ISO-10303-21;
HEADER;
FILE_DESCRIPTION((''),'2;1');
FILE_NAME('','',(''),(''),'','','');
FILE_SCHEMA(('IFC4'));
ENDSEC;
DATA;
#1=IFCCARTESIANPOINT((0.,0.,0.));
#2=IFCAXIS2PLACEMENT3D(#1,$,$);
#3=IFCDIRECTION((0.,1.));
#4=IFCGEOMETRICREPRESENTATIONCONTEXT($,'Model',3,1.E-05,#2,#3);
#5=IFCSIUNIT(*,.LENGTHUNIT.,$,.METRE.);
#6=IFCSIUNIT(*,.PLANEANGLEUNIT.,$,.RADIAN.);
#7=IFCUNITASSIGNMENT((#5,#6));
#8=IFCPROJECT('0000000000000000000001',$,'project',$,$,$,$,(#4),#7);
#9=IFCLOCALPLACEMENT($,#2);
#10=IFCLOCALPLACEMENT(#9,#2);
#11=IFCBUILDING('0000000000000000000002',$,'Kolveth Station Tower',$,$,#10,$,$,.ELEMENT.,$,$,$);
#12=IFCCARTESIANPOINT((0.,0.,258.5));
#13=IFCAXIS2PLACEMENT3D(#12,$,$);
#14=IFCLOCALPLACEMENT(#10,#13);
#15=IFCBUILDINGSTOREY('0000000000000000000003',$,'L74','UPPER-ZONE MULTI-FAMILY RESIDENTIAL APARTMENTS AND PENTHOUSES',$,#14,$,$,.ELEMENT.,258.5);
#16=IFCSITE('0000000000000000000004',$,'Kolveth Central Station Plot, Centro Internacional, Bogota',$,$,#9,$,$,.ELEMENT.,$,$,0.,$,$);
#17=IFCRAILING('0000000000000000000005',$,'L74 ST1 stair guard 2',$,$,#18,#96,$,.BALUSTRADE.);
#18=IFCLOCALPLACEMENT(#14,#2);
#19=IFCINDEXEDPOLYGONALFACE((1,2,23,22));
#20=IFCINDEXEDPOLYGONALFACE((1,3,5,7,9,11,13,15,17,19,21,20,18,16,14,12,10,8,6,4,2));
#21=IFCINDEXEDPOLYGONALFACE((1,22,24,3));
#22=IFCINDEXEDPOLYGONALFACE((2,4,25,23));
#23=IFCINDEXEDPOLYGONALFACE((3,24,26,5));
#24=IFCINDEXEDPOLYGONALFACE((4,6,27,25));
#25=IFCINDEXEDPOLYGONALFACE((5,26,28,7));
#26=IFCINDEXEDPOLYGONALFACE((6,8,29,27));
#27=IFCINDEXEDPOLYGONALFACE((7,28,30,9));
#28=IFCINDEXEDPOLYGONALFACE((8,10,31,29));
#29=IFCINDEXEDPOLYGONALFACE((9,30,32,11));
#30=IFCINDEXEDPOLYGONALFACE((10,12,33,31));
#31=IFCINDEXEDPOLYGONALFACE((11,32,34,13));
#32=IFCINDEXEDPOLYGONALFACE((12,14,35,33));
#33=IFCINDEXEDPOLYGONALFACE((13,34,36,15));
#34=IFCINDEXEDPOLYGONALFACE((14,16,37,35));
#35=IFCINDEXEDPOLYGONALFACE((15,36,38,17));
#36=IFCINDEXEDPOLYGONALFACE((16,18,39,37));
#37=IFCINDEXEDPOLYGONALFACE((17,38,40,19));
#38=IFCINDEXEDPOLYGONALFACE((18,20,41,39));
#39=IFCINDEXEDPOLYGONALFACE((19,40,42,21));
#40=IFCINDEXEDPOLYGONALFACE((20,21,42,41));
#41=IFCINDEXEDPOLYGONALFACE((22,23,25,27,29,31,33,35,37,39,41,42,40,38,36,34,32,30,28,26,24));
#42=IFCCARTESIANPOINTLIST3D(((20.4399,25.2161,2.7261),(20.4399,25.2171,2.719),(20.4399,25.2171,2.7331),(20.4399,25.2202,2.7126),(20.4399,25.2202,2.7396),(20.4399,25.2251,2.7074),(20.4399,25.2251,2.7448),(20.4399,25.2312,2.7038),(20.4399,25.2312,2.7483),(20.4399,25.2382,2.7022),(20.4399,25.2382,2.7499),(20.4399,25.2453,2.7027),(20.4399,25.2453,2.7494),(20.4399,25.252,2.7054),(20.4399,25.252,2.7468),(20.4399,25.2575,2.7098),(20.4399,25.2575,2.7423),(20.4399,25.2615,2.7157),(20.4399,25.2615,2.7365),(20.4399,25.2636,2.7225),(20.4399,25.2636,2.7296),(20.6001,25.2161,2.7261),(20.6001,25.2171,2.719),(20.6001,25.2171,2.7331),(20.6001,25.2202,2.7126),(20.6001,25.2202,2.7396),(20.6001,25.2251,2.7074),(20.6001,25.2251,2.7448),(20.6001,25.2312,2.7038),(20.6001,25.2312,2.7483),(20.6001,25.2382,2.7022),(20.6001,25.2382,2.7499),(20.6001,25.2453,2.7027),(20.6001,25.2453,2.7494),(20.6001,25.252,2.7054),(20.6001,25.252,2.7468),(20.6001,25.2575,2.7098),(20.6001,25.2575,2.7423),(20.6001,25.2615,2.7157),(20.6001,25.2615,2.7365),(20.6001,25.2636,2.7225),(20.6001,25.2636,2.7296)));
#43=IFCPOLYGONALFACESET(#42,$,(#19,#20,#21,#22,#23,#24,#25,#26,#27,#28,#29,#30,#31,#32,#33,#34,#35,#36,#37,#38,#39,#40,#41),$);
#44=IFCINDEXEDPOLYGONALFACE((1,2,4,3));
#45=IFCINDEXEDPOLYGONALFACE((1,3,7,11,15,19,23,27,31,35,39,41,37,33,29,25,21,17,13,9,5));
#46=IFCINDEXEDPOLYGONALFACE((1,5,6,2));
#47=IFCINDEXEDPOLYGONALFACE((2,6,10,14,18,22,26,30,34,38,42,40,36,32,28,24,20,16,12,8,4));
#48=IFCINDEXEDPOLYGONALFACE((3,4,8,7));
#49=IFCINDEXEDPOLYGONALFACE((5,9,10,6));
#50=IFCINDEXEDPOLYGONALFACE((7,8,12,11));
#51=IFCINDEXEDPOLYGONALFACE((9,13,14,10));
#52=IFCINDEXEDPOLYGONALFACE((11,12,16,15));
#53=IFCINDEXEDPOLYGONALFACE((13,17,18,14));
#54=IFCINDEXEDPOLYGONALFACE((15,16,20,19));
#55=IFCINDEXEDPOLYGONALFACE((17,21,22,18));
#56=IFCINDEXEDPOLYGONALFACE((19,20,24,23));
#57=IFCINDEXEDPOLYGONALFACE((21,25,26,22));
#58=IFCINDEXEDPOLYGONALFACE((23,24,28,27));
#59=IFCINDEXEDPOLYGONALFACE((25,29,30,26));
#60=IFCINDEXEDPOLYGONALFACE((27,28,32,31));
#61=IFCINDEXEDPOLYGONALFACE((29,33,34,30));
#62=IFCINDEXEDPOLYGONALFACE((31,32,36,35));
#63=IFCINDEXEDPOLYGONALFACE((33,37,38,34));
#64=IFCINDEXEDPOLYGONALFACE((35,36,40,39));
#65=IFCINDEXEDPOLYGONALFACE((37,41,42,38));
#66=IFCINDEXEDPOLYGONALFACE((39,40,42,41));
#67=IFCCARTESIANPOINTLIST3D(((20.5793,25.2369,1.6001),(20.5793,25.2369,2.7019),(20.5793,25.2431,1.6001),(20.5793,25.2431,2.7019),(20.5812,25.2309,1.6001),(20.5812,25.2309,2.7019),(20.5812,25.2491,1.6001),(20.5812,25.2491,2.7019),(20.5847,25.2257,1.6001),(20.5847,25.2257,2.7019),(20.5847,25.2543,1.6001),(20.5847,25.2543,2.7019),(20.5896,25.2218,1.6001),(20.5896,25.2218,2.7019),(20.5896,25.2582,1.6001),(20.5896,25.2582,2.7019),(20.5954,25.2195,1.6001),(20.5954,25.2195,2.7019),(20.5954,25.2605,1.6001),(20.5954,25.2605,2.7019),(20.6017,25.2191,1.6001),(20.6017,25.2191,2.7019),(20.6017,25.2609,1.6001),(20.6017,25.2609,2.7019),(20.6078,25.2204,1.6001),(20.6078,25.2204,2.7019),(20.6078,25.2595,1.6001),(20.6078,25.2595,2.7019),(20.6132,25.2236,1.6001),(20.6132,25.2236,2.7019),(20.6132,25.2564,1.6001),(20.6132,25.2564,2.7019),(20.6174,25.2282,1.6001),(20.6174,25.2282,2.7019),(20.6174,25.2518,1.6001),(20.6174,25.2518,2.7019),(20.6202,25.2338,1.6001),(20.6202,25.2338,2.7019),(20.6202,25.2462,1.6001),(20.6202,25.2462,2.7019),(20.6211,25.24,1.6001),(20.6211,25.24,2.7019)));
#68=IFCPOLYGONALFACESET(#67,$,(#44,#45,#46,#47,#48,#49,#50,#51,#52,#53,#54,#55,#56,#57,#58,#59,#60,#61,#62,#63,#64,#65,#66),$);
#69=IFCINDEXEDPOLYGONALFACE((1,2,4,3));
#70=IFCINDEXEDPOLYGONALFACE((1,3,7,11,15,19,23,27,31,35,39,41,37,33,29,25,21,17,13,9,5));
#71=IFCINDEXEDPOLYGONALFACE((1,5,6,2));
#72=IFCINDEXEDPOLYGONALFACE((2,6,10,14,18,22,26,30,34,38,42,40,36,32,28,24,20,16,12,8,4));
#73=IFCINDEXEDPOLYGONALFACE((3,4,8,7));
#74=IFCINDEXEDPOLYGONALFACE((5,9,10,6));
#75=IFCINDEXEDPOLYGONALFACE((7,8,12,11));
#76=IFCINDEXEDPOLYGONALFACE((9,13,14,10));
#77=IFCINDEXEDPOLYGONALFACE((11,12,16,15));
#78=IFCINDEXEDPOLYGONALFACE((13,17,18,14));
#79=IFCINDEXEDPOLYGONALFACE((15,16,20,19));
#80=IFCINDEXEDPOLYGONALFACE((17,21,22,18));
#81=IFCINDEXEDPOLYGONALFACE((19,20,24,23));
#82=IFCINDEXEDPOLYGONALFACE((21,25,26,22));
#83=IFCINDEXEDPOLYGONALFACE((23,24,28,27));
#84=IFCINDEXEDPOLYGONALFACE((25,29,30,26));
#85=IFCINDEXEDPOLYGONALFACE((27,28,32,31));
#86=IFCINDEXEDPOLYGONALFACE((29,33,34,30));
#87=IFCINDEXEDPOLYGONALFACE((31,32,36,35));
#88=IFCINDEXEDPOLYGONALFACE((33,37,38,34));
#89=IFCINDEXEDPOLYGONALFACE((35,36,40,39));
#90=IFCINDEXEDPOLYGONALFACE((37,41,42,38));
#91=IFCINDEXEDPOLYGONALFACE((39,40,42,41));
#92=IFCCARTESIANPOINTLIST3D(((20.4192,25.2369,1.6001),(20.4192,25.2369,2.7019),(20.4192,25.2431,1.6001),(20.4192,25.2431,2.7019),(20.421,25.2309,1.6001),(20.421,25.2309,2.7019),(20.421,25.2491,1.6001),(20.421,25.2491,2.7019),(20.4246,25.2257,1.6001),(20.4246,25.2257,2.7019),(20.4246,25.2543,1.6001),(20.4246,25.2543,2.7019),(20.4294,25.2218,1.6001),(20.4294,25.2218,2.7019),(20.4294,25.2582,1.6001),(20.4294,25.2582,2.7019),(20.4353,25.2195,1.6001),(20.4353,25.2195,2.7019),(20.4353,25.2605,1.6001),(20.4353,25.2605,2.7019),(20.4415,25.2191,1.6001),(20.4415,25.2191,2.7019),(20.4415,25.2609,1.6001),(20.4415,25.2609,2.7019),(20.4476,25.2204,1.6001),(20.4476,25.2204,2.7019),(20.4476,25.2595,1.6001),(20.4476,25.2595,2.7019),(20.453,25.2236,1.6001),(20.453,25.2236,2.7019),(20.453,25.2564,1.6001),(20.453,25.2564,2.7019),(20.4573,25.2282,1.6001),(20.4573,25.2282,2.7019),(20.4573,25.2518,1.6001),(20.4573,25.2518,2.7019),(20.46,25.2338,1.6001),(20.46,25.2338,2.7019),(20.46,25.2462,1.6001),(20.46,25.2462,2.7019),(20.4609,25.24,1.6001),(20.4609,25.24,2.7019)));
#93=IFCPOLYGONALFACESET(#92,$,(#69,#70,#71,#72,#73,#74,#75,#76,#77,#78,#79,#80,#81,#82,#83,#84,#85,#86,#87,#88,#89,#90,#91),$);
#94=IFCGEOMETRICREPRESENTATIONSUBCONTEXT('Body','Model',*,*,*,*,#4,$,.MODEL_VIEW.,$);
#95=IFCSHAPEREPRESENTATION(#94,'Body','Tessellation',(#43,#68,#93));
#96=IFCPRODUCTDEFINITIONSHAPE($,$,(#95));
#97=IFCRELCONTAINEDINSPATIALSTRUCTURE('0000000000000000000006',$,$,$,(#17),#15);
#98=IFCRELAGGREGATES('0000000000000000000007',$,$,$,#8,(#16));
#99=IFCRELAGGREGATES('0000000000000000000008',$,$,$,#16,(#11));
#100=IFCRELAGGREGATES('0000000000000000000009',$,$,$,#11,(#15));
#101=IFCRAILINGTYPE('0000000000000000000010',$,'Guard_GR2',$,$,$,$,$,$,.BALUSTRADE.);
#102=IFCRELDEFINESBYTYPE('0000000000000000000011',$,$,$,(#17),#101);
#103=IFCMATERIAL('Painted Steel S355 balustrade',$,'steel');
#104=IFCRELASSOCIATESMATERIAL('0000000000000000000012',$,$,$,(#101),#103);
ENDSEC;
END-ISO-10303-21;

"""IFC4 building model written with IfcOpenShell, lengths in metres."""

from ifc_helpers import new_model, si_unit, direction, frame, origin, origin_2d, place, context, subcontext, project, spatial, circle, extrude, material, type_object, element, save


model = new_model("IFC4")

# Units and contexts
model_context = context("Model", 3, precision=1e-05, world=origin(), true_north=direction((0.0, 1.0)))
body_context = subcontext(model_context, "Body", "Model", "MODEL_VIEW")
ifc_project = project(units=[si_unit("LENGTHUNIT", "METRE"), si_unit("PLANEANGLEUNIT", "RADIAN")], contexts=[model_context])

# Site, building, storey
site_placement = place(None, origin())
site = spatial("IfcSite", under=ifc_project, at=site_placement, Name="Kolveth Central Station Plot, Centro Internacional, Bogota", CompositionType="ELEMENT", RefElevation=0.0)
building_placement = place(site_placement, origin())
building = spatial("IfcBuilding", under=site, at=building_placement, Name="Kolveth Station Tower", CompositionType="ELEMENT")
storey_placement = place(building_placement, frame((0.0, 0.0, 258.5)))
storey = spatial("IfcBuildingStorey", under=building, at=storey_placement, Name="L74", Description="UPPER-ZONE MULTI-FAMILY RESIDENTIAL APARTMENTS AND PENTHOUSES", CompositionType="ELEMENT", Elevation=258.5)

# Railing
ifc_material_1 = material(Name="Painted Steel S355 balustrade", Category="steel")
railing_type_1 = type_object("IfcRailingType", Name="Guard_GR2", PredefinedType="BALUSTRADE", material=ifc_material_1)
railing_1_placement = place(storey_placement, frame((20.6001, 25.24, 1.6001)))
element("IfcRailing", 1, at=railing_1_placement, inside=storey, type_object=railing_type_1, Name="L74 ST1 stair guard 2", PredefinedType="BALUSTRADE", context=body_context, shape_type="SweptSolid", body=[
    extrude(circle(Radius=0.0239, at=origin_2d()), frame((0.0, 0.0, 1.126), z_axis=(-1.0, 0.0, 0.0), x_axis=(0.0, -1.0, 0.0)), (0.0, 0.0, 1.0), 0.1602),
    extrude(circle(Radius=0.021, at=origin_2d()), origin(), (0.0, 0.0, 1.0), 1.1018),
    extrude(circle(Radius=0.021, at=origin_2d()), frame((-0.1602, 0.0, 0.0)), (0.0, 0.0, 1.0), 1.1018),
])

save(model, "model.ifc")
